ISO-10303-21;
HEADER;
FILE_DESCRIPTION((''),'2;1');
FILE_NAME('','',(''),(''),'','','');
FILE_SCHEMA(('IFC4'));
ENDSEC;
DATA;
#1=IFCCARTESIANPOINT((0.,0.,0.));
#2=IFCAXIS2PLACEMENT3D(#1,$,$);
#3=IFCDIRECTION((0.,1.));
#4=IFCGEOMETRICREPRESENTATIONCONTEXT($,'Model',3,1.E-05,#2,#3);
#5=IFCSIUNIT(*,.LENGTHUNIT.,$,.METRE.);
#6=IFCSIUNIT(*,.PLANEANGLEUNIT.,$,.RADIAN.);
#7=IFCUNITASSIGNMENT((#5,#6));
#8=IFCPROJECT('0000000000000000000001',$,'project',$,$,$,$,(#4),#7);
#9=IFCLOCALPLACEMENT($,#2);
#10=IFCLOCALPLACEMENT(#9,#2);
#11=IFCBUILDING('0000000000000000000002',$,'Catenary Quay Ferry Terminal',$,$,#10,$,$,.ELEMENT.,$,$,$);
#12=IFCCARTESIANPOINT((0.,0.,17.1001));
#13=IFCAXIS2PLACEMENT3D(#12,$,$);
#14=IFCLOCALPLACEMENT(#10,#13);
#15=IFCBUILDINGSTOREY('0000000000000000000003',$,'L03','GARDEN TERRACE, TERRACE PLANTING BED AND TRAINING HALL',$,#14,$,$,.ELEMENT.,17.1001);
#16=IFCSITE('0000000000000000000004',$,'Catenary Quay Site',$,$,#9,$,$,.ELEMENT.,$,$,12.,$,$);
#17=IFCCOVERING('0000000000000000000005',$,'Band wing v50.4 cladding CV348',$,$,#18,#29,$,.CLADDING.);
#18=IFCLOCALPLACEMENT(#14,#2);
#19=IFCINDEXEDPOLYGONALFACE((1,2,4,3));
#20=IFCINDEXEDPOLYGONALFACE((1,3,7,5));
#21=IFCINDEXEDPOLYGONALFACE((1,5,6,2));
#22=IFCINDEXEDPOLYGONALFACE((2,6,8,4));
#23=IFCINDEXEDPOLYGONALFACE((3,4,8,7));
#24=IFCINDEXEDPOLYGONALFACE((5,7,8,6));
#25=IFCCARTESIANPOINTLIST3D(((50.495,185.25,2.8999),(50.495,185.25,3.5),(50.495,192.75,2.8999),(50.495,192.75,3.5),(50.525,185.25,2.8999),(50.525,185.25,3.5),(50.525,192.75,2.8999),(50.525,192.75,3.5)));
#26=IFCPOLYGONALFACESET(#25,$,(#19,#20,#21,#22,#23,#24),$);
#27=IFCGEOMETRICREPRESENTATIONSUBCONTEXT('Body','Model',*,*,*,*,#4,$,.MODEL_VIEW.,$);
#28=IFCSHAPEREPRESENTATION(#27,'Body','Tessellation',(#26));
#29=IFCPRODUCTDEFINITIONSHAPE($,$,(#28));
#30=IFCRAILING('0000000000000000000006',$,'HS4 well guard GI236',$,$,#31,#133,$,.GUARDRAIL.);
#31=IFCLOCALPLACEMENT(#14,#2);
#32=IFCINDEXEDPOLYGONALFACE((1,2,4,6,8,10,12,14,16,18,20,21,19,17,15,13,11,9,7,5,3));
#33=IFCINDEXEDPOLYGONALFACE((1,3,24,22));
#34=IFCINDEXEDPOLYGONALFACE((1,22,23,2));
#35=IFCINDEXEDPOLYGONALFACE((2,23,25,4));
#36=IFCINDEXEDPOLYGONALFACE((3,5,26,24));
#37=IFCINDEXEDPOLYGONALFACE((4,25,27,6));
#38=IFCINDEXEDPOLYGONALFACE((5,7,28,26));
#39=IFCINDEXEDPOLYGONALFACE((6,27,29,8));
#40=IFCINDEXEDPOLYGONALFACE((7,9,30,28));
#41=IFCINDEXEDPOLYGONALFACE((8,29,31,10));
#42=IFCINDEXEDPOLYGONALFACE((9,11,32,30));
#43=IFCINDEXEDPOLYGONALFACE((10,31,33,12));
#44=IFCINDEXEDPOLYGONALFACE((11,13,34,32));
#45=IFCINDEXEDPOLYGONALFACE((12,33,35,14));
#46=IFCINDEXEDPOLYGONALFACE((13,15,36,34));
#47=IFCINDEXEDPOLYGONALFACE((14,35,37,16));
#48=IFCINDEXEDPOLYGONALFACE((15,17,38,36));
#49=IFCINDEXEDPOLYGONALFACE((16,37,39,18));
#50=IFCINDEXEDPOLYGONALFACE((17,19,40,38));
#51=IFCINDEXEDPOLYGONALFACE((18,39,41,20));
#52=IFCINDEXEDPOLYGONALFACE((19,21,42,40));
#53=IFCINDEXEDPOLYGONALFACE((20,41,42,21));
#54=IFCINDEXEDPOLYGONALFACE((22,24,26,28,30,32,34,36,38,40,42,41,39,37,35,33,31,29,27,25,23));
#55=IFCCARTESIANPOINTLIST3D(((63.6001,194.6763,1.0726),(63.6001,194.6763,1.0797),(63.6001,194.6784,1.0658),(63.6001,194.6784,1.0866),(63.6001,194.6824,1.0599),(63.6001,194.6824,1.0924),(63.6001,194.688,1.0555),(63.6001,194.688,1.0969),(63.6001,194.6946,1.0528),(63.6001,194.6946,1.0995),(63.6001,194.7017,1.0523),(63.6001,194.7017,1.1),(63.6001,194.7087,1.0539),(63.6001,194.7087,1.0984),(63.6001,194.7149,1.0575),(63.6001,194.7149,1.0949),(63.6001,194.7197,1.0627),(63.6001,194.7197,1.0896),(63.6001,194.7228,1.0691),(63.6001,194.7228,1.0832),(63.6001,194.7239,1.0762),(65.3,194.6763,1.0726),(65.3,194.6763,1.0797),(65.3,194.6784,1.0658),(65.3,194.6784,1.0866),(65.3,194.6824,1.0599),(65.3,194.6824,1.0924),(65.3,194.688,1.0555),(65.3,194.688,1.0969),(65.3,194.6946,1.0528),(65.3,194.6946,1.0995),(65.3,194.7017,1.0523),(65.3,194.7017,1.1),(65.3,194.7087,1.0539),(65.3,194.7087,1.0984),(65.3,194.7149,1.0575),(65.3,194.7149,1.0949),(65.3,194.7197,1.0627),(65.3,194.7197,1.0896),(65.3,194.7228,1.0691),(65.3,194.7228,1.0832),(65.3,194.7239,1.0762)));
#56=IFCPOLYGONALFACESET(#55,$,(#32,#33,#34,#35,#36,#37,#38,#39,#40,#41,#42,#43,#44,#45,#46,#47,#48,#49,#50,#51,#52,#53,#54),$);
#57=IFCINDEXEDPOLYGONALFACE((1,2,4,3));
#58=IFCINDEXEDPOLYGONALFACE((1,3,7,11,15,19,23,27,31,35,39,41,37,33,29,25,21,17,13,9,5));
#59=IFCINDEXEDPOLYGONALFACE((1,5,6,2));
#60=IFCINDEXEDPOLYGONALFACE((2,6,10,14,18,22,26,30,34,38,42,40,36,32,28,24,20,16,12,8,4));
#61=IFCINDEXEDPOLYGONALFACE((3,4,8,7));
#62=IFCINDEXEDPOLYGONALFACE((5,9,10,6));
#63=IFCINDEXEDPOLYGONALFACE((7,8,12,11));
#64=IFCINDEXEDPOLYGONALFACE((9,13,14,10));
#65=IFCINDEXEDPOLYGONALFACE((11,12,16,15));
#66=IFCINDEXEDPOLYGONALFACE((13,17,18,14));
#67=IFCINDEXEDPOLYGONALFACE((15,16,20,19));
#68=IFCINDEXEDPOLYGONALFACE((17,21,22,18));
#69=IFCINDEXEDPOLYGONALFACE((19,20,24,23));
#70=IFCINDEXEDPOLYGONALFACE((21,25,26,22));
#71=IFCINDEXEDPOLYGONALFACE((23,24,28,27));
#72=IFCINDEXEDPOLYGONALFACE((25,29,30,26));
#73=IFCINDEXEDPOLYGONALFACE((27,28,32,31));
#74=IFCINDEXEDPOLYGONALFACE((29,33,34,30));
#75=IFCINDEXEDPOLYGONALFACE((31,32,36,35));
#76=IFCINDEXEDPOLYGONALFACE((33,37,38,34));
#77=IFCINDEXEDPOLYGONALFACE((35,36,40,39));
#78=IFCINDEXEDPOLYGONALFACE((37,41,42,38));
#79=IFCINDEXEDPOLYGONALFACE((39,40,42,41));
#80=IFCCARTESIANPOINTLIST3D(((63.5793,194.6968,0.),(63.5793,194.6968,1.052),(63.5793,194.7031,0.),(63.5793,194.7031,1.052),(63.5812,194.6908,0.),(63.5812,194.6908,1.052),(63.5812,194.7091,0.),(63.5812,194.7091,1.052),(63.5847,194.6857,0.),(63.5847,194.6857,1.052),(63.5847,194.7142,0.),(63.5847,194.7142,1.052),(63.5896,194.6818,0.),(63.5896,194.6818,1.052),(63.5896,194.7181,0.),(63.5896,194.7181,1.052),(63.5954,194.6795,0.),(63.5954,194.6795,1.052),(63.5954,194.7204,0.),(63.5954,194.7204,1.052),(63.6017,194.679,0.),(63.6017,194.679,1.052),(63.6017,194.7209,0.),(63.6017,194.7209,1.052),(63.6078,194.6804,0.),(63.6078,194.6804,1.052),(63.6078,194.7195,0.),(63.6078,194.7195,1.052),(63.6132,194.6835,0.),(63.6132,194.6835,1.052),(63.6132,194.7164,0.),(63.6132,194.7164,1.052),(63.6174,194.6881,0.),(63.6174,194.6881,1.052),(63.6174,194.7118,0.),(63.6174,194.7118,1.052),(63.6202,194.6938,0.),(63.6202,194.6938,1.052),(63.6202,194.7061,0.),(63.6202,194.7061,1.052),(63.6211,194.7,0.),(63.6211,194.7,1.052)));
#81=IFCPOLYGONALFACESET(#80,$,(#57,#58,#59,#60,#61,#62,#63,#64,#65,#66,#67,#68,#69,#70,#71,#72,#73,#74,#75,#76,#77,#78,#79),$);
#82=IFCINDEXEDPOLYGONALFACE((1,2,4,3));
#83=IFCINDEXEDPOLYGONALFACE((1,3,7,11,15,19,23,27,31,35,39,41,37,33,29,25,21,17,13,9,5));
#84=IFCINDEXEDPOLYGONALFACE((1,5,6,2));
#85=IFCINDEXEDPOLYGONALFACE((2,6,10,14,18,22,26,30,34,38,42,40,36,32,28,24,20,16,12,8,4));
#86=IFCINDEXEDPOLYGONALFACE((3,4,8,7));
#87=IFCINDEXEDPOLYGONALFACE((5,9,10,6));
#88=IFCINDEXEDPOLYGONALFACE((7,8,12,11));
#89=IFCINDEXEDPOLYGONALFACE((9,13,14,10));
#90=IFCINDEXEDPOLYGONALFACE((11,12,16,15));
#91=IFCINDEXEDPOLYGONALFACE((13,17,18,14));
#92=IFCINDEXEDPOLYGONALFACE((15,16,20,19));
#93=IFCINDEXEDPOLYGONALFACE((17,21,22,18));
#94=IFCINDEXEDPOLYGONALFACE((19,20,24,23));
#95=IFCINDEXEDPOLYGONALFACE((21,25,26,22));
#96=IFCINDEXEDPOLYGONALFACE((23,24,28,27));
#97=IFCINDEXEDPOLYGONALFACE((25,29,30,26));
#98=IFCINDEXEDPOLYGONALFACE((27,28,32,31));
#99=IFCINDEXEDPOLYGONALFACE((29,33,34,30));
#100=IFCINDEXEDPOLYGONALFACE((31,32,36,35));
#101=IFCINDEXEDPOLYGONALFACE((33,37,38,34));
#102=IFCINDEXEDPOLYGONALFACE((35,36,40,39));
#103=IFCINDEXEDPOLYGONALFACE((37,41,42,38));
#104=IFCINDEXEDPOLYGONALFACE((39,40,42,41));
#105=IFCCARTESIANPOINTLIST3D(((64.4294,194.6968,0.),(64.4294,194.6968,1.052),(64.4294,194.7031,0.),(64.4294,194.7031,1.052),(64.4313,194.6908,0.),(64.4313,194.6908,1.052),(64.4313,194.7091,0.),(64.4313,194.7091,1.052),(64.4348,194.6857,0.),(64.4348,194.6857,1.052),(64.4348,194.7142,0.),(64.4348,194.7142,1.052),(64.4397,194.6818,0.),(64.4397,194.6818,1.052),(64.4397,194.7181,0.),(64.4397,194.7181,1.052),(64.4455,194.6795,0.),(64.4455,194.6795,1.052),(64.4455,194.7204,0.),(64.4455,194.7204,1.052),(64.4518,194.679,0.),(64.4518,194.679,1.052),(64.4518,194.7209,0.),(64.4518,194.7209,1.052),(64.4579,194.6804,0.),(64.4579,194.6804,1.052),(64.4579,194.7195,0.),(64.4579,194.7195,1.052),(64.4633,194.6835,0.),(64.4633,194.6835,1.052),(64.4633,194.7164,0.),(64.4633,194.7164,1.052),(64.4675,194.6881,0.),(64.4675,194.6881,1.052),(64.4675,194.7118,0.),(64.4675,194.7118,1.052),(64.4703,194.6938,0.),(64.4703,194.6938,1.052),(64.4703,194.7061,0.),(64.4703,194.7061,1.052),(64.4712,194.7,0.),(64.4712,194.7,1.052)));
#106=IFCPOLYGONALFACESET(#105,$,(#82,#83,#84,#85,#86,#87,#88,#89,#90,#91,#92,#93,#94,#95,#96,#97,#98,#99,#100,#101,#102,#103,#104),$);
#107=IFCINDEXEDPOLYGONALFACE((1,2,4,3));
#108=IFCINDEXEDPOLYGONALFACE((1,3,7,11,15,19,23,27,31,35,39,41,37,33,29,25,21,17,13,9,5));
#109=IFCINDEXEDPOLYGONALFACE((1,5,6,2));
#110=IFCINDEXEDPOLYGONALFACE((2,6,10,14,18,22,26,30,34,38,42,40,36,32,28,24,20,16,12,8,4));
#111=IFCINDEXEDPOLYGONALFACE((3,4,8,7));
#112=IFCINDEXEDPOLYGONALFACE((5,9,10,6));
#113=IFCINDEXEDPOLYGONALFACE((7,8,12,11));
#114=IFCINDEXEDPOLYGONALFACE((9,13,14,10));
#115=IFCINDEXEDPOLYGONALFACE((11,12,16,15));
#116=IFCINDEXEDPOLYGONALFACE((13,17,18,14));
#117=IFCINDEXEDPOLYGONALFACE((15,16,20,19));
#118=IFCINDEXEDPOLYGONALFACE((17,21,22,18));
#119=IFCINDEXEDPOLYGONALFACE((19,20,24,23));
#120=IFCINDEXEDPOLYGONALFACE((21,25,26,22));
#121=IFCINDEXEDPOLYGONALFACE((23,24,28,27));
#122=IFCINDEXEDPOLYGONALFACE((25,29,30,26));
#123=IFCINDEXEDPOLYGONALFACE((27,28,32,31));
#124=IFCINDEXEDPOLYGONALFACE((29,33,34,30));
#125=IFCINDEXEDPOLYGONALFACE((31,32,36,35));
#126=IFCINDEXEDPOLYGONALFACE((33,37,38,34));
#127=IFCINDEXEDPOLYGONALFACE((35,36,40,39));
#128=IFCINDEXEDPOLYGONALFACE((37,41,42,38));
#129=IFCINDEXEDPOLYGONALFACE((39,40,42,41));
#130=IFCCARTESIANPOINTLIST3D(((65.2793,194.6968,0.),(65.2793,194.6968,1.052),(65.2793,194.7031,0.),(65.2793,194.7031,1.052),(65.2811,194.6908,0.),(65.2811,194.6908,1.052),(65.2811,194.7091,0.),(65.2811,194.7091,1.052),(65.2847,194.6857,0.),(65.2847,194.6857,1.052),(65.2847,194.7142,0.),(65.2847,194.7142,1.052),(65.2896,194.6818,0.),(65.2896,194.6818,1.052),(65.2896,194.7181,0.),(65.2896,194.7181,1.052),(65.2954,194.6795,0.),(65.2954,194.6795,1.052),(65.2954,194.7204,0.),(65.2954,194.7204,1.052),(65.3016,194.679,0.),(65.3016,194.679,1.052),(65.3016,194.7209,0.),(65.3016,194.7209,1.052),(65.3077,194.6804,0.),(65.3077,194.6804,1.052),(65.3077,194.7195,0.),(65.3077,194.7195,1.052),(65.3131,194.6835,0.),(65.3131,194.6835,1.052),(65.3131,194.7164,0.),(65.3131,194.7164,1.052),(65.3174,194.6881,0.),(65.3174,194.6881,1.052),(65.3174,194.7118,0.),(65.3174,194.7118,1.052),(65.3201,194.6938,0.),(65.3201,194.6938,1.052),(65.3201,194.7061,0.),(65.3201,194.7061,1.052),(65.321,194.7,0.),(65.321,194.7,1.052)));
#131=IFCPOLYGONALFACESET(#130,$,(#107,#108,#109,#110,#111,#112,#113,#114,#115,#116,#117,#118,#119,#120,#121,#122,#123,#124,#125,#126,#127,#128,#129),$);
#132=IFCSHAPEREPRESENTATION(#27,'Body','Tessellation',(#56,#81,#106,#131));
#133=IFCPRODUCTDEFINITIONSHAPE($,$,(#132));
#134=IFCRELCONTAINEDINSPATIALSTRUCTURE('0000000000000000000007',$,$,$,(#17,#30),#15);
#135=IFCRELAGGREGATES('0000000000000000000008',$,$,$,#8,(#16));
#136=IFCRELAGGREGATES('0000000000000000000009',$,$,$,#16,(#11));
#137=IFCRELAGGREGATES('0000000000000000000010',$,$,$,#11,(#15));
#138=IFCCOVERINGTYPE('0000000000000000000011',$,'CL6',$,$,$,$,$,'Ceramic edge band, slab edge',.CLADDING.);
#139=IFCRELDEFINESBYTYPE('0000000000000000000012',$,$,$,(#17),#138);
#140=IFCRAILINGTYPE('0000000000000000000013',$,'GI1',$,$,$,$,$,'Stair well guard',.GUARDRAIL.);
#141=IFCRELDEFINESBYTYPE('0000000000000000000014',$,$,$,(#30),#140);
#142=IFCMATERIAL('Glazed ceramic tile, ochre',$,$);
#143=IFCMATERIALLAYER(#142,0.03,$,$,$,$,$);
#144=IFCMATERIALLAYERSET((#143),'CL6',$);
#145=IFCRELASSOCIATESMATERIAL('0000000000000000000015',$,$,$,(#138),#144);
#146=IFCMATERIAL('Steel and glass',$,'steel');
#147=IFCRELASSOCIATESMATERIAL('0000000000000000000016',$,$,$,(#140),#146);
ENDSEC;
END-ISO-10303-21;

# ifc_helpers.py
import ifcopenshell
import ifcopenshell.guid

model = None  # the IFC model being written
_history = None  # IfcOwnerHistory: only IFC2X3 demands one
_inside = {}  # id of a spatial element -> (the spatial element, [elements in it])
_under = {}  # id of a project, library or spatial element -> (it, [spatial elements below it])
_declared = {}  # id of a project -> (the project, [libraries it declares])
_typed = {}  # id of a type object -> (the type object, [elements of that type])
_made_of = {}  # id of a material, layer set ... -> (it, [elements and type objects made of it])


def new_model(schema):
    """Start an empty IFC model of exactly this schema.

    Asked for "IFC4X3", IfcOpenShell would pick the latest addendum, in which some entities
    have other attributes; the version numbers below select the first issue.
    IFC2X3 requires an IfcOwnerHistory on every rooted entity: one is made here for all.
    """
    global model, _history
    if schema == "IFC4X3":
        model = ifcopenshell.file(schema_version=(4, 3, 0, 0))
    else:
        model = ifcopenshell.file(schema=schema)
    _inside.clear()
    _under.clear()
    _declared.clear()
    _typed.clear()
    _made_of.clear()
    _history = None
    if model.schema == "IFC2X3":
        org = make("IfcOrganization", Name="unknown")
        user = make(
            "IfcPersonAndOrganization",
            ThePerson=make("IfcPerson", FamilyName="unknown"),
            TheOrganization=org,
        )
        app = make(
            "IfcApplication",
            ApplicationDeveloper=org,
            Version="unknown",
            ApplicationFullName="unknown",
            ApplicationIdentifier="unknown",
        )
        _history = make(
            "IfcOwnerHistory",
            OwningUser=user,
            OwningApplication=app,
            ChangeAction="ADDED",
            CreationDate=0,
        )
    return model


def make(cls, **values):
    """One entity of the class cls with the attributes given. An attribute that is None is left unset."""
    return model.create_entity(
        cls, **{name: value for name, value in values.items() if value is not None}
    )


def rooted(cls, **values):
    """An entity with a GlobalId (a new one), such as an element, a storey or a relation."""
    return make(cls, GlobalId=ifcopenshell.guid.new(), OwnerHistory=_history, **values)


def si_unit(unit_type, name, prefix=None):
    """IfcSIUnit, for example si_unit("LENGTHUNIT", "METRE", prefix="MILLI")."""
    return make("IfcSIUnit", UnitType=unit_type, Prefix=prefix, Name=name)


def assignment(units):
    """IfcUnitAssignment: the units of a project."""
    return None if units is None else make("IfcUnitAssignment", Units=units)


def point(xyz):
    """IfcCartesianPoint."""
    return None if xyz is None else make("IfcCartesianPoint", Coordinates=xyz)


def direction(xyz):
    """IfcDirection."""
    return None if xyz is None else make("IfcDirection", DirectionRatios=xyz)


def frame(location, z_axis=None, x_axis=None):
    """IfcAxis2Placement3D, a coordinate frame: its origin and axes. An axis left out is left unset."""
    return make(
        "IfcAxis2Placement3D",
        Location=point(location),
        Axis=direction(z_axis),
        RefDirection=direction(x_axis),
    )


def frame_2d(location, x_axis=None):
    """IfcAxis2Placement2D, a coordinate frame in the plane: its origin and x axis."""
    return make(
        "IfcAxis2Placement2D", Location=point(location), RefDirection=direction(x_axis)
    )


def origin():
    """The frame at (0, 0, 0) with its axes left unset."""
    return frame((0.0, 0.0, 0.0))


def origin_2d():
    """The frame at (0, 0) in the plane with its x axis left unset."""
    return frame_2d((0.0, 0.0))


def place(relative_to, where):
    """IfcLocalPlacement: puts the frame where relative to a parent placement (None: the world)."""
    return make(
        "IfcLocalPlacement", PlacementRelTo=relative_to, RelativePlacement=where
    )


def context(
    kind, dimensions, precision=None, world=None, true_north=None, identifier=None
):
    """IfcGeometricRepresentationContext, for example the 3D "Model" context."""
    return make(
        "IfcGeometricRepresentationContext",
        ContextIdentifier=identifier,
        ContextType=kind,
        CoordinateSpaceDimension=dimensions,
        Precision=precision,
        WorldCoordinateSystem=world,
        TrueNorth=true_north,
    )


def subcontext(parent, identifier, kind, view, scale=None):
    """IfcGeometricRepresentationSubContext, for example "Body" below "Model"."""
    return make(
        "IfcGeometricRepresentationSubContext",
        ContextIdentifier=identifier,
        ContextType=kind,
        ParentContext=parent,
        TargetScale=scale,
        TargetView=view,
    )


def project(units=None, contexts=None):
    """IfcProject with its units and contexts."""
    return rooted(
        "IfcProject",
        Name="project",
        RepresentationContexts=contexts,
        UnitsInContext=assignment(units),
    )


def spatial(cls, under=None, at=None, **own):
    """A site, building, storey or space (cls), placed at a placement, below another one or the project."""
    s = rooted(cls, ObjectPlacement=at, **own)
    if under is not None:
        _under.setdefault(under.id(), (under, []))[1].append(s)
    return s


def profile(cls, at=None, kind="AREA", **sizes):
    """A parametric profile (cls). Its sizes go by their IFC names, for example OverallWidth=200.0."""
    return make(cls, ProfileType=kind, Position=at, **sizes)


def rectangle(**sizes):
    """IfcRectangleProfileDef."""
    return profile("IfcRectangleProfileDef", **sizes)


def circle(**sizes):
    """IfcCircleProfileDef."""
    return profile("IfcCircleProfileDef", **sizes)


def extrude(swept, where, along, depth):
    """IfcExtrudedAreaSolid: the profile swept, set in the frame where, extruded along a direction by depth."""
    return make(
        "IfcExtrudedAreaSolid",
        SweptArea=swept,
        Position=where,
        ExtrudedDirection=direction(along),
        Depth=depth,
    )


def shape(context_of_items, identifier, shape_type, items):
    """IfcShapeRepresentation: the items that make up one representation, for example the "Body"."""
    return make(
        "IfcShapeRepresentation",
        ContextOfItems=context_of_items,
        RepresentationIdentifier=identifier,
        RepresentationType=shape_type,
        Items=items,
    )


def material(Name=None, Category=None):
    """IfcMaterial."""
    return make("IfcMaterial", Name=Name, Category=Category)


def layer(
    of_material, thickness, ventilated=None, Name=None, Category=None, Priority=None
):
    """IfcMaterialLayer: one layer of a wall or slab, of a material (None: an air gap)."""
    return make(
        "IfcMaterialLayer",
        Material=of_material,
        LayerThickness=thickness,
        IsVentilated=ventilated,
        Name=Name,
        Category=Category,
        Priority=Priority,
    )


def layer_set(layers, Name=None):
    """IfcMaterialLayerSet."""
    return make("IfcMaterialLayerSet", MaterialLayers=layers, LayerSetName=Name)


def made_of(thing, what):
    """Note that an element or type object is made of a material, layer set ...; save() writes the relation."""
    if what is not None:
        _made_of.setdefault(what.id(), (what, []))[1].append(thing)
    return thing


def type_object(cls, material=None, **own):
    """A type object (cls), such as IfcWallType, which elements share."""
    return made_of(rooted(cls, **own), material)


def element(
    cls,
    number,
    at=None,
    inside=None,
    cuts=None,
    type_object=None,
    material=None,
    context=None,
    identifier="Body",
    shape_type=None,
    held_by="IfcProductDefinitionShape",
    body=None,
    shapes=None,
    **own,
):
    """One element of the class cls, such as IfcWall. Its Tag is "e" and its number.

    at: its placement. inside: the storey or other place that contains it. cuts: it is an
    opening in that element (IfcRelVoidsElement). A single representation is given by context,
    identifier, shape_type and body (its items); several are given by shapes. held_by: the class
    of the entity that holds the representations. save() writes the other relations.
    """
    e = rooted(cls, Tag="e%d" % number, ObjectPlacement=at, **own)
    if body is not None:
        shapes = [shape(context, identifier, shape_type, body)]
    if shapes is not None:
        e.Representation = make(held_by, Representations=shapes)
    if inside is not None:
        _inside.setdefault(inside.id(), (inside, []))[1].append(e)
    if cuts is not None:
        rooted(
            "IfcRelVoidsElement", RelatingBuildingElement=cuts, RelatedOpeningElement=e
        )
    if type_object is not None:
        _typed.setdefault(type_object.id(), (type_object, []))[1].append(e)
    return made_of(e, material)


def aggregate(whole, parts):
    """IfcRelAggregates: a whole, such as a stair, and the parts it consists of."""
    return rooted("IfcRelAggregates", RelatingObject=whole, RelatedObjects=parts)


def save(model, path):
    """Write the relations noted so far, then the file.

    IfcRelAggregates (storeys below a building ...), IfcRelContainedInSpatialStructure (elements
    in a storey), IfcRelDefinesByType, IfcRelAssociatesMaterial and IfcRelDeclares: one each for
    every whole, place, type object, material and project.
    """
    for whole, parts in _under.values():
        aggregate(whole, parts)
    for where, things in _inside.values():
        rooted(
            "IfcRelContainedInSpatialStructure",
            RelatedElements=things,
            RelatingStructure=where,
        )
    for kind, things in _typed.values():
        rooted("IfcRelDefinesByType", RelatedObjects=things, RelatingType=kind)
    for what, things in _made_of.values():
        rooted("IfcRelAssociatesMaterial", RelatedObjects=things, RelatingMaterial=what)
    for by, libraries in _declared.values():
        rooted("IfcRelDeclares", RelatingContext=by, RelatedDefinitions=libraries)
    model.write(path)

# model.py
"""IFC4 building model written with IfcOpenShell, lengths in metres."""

from ifc_helpers import new_model, si_unit, direction, frame, origin, origin_2d, place, context, subcontext, project, spatial, rectangle, circle, extrude, material, layer, layer_set, type_object, element, save


model = new_model("IFC4")

# Units and contexts
model_context = context("Model", 3, precision=1e-05, world=origin(), true_north=direction((0.0, 1.0)))
body_context = subcontext(model_context, "Body", "Model", "MODEL_VIEW")
ifc_project = project(units=[si_unit("LENGTHUNIT", "METRE"), si_unit("PLANEANGLEUNIT", "RADIAN")], contexts=[model_context])

# Site, building, storey
site_placement = place(None, origin())
site = spatial("IfcSite", under=ifc_project, at=site_placement, Name="Catenary Quay Site", CompositionType="ELEMENT", RefElevation=12.0)
building_placement = place(site_placement, origin())
building = spatial("IfcBuilding", under=site, at=building_placement, Name="Catenary Quay Ferry Terminal", CompositionType="ELEMENT")
storey_placement = place(building_placement, frame((0.0, 0.0, 17.1001)))
storey = spatial("IfcBuildingStorey", under=building, at=storey_placement, Name="L03", Description="GARDEN TERRACE, TERRACE PLANTING BED AND TRAINING HALL", CompositionType="ELEMENT", Elevation=17.1001)

# Covering
ifc_material_1 = material(Name="Glazed ceramic tile, ochre")
ifc_layer_1 = layer(ifc_material_1, 0.03)
ifc_layer_set_1 = layer_set([ifc_layer_1], Name="CL6")
covering_type = type_object("IfcCoveringType", Name="CL6", ElementType="Ceramic edge band, slab edge", PredefinedType="CLADDING", material=ifc_layer_set_1)
covering_placement = place(storey_placement, frame((50.51, 189.0, 2.8999), z_axis=(0.0, 0.0, 1.0), x_axis=(1.0, 0.0, 0.0)))
element("IfcCovering", 1, at=covering_placement, inside=storey, type_object=covering_type, Name="Band wing v50.4 cladding CV348", PredefinedType="CLADDING", context=body_context, shape_type="SweptSolid", body=[
    extrude(rectangle(XDim=0.03, YDim=7.5, at=origin_2d()), origin(), (0.0, 0.0, 1.0), 0.6001),
])

# Railing
ifc_material_2 = material(Name="Steel and glass", Category="steel")
railing_type_1 = type_object("IfcRailingType", Name="GI1", ElementType="Stair well guard", PredefinedType="GUARDRAIL", material=ifc_material_2)
railing_1_placement = place(storey_placement, frame((63.6001, 194.7, 0.0)))
element("IfcRailing", 2, at=railing_1_placement, inside=storey, type_object=railing_type_1, Name="HS4 well guard GI236", PredefinedType="GUARDRAIL", context=body_context, shape_type="SweptSolid", body=[
    extrude(circle(Radius=0.0239, at=origin_2d()), frame((0.0, 0.0, 1.0762), z_axis=(1.0, 0.0, 0.0), x_axis=(0.0, 1.0, 0.0)), (0.0, 0.0, 1.0), 1.7),
    extrude(circle(Radius=0.021, at=origin_2d()), origin(), (0.0, 0.0, 1.0), 1.052),
    extrude(circle(Radius=0.021, at=origin_2d()), frame((0.8501, 0.0, 0.0)), (0.0, 0.0, 1.0), 1.052),
    extrude(circle(Radius=0.021, at=origin_2d()), frame((1.7, 0.0, 0.0)), (0.0, 0.0, 1.0), 1.052),
])

save(model, "model.ifc")
